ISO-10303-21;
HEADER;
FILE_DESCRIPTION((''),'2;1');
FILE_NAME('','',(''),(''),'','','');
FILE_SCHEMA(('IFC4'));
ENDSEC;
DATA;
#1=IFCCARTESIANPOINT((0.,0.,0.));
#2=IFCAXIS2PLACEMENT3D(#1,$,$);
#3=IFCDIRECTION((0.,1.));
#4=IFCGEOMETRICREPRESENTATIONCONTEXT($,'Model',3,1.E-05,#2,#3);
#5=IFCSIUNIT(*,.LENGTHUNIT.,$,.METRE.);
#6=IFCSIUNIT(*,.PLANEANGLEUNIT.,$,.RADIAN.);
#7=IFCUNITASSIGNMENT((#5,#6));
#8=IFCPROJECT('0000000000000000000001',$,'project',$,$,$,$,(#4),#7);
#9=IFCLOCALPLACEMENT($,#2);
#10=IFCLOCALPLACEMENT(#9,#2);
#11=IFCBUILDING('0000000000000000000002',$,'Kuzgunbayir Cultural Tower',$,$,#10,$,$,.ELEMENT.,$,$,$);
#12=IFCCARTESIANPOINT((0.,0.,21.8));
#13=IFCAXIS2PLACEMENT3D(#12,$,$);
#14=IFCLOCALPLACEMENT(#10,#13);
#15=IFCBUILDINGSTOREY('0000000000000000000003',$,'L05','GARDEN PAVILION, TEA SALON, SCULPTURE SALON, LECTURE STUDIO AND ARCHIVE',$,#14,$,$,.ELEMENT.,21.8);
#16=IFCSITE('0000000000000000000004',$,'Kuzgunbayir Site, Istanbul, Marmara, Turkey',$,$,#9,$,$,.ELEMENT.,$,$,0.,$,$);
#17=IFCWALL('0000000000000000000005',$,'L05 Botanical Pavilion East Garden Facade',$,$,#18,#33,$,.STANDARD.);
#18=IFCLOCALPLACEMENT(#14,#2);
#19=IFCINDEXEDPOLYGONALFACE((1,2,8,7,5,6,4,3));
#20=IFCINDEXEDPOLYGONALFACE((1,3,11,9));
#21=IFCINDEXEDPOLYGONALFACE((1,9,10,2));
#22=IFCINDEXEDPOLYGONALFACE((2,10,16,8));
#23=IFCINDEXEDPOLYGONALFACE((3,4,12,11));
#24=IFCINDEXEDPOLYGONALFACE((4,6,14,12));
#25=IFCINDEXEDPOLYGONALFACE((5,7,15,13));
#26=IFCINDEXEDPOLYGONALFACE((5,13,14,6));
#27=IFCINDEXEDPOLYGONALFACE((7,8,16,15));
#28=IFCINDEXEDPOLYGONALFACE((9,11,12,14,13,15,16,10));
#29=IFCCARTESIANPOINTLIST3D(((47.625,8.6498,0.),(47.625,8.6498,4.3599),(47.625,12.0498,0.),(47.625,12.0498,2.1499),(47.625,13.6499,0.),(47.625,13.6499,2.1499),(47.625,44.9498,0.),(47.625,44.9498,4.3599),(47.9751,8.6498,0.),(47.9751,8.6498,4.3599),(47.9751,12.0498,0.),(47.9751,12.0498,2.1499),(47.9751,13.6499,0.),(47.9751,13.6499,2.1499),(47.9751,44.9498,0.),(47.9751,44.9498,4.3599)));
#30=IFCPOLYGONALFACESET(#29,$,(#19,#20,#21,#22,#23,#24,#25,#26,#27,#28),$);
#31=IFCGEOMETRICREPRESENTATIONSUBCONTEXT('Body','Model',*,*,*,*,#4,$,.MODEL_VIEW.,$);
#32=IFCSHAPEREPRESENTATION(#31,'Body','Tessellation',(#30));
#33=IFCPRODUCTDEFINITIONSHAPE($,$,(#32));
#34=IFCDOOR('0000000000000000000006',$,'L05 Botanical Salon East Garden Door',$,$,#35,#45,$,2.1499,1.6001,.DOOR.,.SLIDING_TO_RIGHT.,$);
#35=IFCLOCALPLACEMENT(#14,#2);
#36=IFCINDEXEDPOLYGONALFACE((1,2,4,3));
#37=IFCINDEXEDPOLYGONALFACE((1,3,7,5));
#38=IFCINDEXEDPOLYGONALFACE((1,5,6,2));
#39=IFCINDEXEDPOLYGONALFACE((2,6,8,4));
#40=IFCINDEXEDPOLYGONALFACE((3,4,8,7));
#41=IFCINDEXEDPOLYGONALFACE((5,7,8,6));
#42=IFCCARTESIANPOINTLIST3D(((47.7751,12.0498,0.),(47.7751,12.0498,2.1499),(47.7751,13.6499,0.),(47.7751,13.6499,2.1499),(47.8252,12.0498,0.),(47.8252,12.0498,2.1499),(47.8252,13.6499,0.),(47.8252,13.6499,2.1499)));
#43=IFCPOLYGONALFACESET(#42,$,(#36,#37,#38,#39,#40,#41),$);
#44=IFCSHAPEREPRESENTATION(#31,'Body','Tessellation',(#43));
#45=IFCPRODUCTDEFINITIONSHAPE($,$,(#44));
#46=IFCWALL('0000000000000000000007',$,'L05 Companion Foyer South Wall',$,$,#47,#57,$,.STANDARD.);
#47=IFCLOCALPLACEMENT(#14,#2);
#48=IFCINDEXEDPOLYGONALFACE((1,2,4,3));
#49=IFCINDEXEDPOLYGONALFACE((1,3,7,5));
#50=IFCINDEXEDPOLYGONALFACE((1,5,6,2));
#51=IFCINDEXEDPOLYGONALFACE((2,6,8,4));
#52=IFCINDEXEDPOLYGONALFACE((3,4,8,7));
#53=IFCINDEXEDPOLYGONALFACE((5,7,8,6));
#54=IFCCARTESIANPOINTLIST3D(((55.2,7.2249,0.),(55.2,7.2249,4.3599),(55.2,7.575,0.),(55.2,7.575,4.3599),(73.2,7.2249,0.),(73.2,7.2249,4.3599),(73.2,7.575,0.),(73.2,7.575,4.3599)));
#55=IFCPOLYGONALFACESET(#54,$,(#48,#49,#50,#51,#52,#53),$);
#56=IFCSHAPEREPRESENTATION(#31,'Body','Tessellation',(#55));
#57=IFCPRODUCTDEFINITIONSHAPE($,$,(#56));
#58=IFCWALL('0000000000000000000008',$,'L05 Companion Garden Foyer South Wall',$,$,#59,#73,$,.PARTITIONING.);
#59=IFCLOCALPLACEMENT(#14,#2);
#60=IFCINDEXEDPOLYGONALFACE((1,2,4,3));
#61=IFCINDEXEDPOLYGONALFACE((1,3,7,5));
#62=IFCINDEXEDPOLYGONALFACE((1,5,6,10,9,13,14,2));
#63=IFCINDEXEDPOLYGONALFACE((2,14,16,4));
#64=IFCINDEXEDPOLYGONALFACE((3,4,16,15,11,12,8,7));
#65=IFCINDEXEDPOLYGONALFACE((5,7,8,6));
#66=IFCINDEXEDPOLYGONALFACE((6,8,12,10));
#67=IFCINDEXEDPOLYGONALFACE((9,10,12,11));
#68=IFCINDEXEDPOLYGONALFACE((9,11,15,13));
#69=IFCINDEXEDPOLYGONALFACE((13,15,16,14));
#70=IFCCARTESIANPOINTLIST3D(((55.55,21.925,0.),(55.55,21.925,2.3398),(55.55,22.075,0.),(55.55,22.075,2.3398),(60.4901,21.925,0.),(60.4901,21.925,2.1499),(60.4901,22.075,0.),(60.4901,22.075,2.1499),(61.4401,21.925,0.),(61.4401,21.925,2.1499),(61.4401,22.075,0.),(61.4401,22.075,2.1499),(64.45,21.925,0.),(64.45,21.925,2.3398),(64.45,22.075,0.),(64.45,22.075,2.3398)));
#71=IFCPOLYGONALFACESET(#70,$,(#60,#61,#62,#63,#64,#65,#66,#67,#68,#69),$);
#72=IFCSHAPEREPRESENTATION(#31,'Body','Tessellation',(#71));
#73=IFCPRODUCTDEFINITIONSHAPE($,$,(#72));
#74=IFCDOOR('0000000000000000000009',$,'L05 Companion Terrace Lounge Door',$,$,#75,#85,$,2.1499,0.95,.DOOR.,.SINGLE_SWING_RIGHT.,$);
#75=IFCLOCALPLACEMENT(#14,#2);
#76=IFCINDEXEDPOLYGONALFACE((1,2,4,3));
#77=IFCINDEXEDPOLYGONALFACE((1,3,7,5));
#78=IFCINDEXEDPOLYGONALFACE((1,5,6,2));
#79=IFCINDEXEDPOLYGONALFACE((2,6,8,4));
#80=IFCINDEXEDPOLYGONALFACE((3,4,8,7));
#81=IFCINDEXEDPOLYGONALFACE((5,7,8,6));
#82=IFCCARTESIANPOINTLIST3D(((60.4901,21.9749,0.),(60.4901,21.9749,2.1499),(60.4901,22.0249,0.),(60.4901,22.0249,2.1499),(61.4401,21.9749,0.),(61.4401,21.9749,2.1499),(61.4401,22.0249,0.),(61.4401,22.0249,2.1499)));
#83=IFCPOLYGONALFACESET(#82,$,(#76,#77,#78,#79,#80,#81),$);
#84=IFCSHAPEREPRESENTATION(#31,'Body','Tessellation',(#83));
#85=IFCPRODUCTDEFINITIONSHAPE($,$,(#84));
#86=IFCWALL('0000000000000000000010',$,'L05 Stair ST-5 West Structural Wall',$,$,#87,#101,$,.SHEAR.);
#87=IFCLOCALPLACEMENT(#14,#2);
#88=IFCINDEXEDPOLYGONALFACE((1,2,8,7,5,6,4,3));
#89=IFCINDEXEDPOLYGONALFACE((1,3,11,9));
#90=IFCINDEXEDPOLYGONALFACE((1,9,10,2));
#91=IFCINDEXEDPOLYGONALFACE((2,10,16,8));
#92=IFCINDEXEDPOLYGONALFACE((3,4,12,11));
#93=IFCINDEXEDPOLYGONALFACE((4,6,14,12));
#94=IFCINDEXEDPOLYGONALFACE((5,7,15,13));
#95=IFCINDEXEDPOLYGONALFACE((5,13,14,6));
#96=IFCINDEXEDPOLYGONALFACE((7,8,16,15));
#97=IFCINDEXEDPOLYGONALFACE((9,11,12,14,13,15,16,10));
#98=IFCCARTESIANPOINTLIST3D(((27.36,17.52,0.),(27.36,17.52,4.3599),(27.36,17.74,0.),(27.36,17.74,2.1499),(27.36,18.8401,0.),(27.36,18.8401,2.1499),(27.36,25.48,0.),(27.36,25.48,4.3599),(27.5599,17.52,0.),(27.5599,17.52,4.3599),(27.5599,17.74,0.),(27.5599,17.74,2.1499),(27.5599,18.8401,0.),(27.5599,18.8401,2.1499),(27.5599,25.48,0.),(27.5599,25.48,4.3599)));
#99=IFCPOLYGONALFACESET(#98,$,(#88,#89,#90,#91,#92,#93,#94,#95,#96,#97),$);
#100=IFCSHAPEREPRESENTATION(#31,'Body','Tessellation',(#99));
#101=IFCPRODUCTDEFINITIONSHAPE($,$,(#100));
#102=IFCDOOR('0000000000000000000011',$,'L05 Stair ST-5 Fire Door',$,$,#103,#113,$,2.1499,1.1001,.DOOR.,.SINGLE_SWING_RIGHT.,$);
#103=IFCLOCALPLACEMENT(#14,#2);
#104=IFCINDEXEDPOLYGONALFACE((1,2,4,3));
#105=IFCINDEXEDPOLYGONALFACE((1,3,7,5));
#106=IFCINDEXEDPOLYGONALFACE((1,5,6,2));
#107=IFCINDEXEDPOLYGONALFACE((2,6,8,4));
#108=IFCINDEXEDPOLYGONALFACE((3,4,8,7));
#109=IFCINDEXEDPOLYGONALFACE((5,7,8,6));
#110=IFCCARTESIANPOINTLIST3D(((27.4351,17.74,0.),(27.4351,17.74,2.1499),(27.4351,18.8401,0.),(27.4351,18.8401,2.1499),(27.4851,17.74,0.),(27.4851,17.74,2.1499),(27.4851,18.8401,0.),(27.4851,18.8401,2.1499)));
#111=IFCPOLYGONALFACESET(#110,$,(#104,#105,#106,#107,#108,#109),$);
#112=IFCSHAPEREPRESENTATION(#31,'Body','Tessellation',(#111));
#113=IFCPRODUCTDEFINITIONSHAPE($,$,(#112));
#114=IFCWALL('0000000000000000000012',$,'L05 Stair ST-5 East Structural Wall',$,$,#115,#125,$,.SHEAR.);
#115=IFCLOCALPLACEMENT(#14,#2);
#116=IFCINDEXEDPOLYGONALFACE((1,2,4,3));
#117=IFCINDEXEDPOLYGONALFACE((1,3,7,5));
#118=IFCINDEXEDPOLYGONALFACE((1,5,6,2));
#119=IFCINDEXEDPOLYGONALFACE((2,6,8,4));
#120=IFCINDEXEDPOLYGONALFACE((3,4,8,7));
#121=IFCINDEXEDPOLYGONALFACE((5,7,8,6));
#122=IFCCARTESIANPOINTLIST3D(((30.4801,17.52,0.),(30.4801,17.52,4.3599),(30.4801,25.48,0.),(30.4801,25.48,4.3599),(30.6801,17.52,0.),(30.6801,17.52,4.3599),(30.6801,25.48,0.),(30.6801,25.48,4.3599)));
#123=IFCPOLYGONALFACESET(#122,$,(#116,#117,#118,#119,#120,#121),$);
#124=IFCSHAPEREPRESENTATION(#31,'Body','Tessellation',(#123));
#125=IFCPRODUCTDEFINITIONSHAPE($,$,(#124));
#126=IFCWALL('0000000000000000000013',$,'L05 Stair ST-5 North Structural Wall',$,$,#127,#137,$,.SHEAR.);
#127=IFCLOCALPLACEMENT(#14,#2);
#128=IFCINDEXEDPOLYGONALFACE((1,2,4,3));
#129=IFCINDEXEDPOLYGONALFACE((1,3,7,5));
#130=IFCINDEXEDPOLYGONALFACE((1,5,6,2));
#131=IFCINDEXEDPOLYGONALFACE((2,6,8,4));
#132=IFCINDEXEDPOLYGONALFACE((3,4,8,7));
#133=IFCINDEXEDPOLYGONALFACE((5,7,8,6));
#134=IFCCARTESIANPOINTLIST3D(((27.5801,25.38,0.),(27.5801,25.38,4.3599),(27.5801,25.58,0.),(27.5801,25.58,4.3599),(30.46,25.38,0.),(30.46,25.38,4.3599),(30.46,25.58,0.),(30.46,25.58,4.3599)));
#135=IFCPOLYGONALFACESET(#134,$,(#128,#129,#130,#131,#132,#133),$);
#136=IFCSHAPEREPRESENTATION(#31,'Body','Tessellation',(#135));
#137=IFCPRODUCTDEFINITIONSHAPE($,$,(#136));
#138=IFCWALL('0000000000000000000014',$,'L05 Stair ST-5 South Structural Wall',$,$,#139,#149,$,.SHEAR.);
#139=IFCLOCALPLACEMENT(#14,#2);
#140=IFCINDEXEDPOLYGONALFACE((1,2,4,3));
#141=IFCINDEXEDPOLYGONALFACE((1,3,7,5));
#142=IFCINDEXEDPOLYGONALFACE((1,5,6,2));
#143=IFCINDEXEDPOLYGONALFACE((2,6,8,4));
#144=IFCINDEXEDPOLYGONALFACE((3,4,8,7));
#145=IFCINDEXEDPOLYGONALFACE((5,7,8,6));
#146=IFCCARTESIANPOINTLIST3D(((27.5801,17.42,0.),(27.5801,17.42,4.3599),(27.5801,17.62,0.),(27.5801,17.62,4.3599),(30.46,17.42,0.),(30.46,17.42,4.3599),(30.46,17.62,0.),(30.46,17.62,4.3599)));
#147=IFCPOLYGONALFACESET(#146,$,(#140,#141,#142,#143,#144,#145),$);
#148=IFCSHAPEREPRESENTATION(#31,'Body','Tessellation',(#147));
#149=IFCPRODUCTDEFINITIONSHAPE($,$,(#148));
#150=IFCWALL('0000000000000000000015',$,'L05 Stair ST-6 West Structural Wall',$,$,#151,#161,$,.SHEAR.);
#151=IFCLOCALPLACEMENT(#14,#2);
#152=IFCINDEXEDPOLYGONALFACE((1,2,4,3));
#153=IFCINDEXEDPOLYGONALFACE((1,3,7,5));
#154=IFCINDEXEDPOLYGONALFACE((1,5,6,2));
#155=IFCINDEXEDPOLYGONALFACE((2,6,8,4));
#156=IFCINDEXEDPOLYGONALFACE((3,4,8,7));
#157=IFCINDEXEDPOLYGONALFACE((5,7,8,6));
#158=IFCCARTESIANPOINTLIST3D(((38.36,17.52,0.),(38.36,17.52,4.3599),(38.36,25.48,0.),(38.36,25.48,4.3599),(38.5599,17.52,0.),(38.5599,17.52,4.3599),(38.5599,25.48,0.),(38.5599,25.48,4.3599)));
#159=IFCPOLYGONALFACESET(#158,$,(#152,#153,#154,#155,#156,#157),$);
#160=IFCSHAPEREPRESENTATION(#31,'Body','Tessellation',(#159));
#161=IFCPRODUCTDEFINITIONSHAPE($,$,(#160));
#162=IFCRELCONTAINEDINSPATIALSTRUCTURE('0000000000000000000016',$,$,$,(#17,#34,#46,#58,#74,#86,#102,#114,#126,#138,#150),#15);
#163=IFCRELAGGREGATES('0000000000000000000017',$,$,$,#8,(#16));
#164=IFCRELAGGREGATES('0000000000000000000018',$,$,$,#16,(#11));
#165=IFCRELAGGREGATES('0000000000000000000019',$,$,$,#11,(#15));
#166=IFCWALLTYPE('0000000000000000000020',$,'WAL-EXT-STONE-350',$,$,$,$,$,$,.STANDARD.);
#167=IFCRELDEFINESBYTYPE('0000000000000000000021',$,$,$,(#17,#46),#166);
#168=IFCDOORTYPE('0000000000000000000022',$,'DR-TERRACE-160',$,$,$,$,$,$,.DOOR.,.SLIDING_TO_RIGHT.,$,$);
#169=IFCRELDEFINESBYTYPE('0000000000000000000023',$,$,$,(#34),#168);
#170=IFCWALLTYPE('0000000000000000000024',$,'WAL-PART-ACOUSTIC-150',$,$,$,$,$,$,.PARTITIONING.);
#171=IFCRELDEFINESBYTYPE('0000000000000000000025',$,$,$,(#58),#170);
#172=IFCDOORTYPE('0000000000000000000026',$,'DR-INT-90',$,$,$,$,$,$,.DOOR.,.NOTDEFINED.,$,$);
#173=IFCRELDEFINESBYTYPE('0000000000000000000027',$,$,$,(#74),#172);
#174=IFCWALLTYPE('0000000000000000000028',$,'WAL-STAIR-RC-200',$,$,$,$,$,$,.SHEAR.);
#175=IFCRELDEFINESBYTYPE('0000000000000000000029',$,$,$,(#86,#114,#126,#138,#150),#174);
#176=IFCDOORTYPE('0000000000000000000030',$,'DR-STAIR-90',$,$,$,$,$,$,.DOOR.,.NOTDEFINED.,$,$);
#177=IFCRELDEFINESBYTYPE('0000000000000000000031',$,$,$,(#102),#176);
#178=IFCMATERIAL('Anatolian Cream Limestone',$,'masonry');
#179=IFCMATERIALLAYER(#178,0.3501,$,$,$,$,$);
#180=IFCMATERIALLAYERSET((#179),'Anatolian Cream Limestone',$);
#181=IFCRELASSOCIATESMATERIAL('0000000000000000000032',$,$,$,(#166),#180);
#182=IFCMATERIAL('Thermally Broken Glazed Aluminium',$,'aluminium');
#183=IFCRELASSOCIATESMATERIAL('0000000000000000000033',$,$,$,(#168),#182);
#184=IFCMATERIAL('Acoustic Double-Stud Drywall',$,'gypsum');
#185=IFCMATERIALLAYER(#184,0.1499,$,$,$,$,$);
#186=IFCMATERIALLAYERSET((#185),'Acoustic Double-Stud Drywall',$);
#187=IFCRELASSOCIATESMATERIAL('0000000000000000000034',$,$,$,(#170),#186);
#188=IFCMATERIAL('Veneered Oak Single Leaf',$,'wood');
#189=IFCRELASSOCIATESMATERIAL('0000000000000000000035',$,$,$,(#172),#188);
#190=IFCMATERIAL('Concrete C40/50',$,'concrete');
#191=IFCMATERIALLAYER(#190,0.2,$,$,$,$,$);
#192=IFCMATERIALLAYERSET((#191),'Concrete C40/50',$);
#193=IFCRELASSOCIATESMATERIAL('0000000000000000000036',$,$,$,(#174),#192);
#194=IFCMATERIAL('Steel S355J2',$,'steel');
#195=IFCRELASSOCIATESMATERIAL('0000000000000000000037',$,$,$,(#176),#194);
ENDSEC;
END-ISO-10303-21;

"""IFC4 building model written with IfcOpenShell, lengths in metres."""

from ifc_helpers import new_model, si_unit, direction, frame, frame_2d, origin, place, context, subcontext, project, spatial, rectangle, extrude, material, layer, layer_set, type_object, element, fill, save


model = new_model("IFC4")

# Units and contexts
model_context = context("Model", 3, precision=1e-05, world=origin(), true_north=direction((0.0, 1.0)))
body_context = subcontext(model_context, "Body", "Model", "MODEL_VIEW")
ifc_project = project(units=[si_unit("LENGTHUNIT", "METRE"), si_unit("PLANEANGLEUNIT", "RADIAN")], contexts=[model_context])

# Site, building, storey
site_placement = place(None, origin())
site = spatial("IfcSite", under=ifc_project, at=site_placement, Name="Kuzgunbayir Site, Istanbul, Marmara, Turkey", CompositionType="ELEMENT", RefElevation=0.0)
building_placement = place(site_placement, origin())
building = spatial("IfcBuilding", under=site, at=building_placement, Name="Kuzgunbayir Cultural Tower", CompositionType="ELEMENT")
storey_placement = place(building_placement, frame((0.0, 0.0, 21.8)))
storey = spatial("IfcBuildingStorey", under=building, at=storey_placement, Name="L05", Description="GARDEN PAVILION, TEA SALON, SCULPTURE SALON, LECTURE STUDIO AND ARCHIVE", CompositionType="ELEMENT", Elevation=21.8)

# Shared definitions
ifc_material_1 = material(Name="Steel S355J2", Category="steel")

# Wall, opening, door
ifc_material_2 = material(Name="Anatolian Cream Limestone", Category="masonry")
ifc_layer_1 = layer(ifc_material_2, 0.3501)
ifc_layer_set_1 = layer_set([ifc_layer_1], Name="Anatolian Cream Limestone")
wall_type_1 = type_object("IfcWallType", Name="WAL-EXT-STONE-350", PredefinedType="STANDARD", material=ifc_layer_set_1)
wall_1_placement = place(storey_placement, frame((47.8, 8.6499, 0.0), z_axis=(0.0, 0.0, 1.0), x_axis=(0.0, 1.0, 0.0)))
wall_1 = element("IfcWall", 1, at=wall_1_placement, inside=storey, type_object=wall_type_1, Name="L05 Botanical Pavilion East Garden Facade", PredefinedType="STANDARD", context=body_context, shape_type="SweptSolid", body=[
    extrude(rectangle(XDim=36.3, YDim=0.3501, at=frame_2d((18.1499, 0.0))), origin(), (0.0, 0.0, 1.0), 4.3599),
])
opening_1_placement = place(wall_1_placement, frame((3.3999, 0.0, 0.0)))
opening_1 = element("IfcOpeningElement", 2, at=opening_1_placement, cuts=wall_1, PredefinedType="OPENING", context=body_context, shape_type="SweptSolid", body=[
    extrude(rectangle(XDim=1.6001, YDim=2.1499, at=frame_2d((0.8, 1.075))), frame((0.0, 0.1851, 0.0), z_axis=(0.0, -1.0, 0.0), x_axis=(1.0, 0.0, 0.0)), (0.0, 0.0, 1.0), 0.3701),
])
ifc_material_3 = material(Name="Thermally Broken Glazed Aluminium", Category="aluminium")
door_type_1 = type_object("IfcDoorType", Name="DR-TERRACE-160", OperationType="SLIDING_TO_RIGHT", PredefinedType="DOOR", material=ifc_material_3)
door_1_placement = place(opening_1_placement, origin())
door_1 = element("IfcDoor", 3, at=door_1_placement, inside=storey, type_object=door_type_1, Name="L05 Botanical Salon East Garden Door", OperationType="SLIDING_TO_RIGHT", OverallHeight=2.1499, OverallWidth=1.6001, PredefinedType="DOOR", context=body_context, shape_type="SweptSolid", body=[
    extrude(rectangle(XDim=1.6001, YDim=2.1499, at=frame_2d((0.8, 1.075))), frame((0.0, 0.0249, 0.0), z_axis=(0.0, -1.0, 0.0), x_axis=(1.0, 0.0, 0.0)), (0.0, 0.0, 1.0), 0.05),
])
fill(opening_1, door_1)

# Wall
wall_2_placement = place(storey_placement, frame((55.2, 7.3999, 0.0), z_axis=(0.0, 0.0, 1.0), x_axis=(1.0, 0.0, 0.0)))
element("IfcWall", 4, at=wall_2_placement, inside=storey, type_object=wall_type_1, Name="L05 Companion Foyer South Wall", PredefinedType="STANDARD", context=body_context, shape_type="SweptSolid", body=[
    extrude(rectangle(XDim=18.0, YDim=0.3501, at=frame_2d((9.0, 0.0))), origin(), (0.0, 0.0, 1.0), 4.3599),
])

# Walls, openings, doors
ifc_material_4 = material(Name="Acoustic Double-Stud Drywall", Category="gypsum")
ifc_layer_2 = layer(ifc_material_4, 0.1499)
ifc_layer_set_2 = layer_set([ifc_layer_2], Name="Acoustic Double-Stud Drywall")
wall_type_2 = type_object("IfcWallType", Name="WAL-PART-ACOUSTIC-150", PredefinedType="PARTITIONING", material=ifc_layer_set_2)
wall_3_placement = place(storey_placement, frame((55.55, 22.0, 0.0), z_axis=(0.0, 0.0, 1.0), x_axis=(1.0, 0.0, 0.0)))
wall_3 = element("IfcWall", 5, at=wall_3_placement, inside=storey, type_object=wall_type_2, Name="L05 Companion Garden Foyer South Wall", PredefinedType="PARTITIONING", context=body_context, shape_type="SweptSolid", body=[
    extrude(rectangle(XDim=8.8999, YDim=0.1499, at=frame_2d((4.45, 0.0))), origin(), (0.0, 0.0, 1.0), 2.3398),
])
opening_2_placement = place(wall_3_placement, frame((4.9399, 0.0, 0.0)))
opening_2 = element("IfcOpeningElement", 6, at=opening_2_placement, cuts=wall_3, PredefinedType="OPENING", context=body_context, shape_type="SweptSolid", body=[
    extrude(rectangle(XDim=0.95, YDim=2.1499, at=frame_2d((0.4751, 1.075))), frame((0.0, 0.085, 0.0), z_axis=(0.0, -1.0, 0.0), x_axis=(1.0, 0.0, 0.0)), (0.0, 0.0, 1.0), 0.1699),
])
ifc_material_5 = material(Name="Veneered Oak Single Leaf", Category="wood")
door_type_2 = type_object("IfcDoorType", Name="DR-INT-90", OperationType="NOTDEFINED", PredefinedType="DOOR", material=ifc_material_5)
door_2_placement = place(opening_2_placement, origin())
door_2 = element("IfcDoor", 7, at=door_2_placement, inside=storey, type_object=door_type_2, Name="L05 Companion Terrace Lounge Door", OperationType="SINGLE_SWING_RIGHT", OverallHeight=2.1499, OverallWidth=0.95, PredefinedType="DOOR", context=body_context, shape_type="SweptSolid", body=[
    extrude(rectangle(XDim=0.95, YDim=2.1499, at=frame_2d((0.4751, 1.075))), frame((0.0, 0.0249, 0.0), z_axis=(0.0, -1.0, 0.0), x_axis=(1.0, 0.0, 0.0)), (0.0, 0.0, 1.0), 0.05),
])
fill(opening_2, door_2)
ifc_material_6 = material(Name="Concrete C40/50", Category="concrete")
ifc_layer_3 = layer(ifc_material_6, 0.2)
ifc_layer_set_3 = layer_set([ifc_layer_3], Name="Concrete C40/50")
wall_type_3 = type_object("IfcWallType", Name="WAL-STAIR-RC-200", PredefinedType="SHEAR", material=ifc_layer_set_3)
wall_4_placement = place(storey_placement, frame((27.46, 17.52, 0.0), z_axis=(0.0, 0.0, 1.0), x_axis=(0.0, 1.0, 0.0)))
wall_4 = element("IfcWall", 8, at=wall_4_placement, inside=storey, type_object=wall_type_3, Name="L05 Stair ST-5 West Structural Wall", PredefinedType="SHEAR", context=body_context, shape_type="SweptSolid", body=[
    extrude(rectangle(XDim=7.96, YDim=0.2, at=frame_2d((3.98, 0.0))), origin(), (0.0, 0.0, 1.0), 4.3599),
])
opening_3_placement = place(wall_4_placement, frame((0.22, 0.0, 0.0)))
opening_3 = element("IfcOpeningElement", 9, at=opening_3_placement, cuts=wall_4, PredefinedType="OPENING", context=body_context, shape_type="SweptSolid", body=[
    extrude(rectangle(XDim=1.1001, YDim=2.1499, at=frame_2d((0.55, 1.075))), frame((0.0, 0.1099, 0.0), z_axis=(0.0, -1.0, 0.0), x_axis=(1.0, 0.0, 0.0)), (0.0, 0.0, 1.0), 0.22),
])
door_type_3 = type_object("IfcDoorType", Name="DR-STAIR-90", OperationType="NOTDEFINED", PredefinedType="DOOR", material=ifc_material_1)
door_3_placement = place(opening_3_placement, origin())
door_3 = element("IfcDoor", 10, at=door_3_placement, inside=storey, type_object=door_type_3, Name="L05 Stair ST-5 Fire Door", OperationType="SINGLE_SWING_RIGHT", OverallHeight=2.1499, OverallWidth=1.1001, PredefinedType="DOOR", context=body_context, shape_type="SweptSolid", body=[
    extrude(rectangle(XDim=1.1001, YDim=2.1499, at=frame_2d((0.55, 1.075))), frame((0.0, 0.0249, 0.0), z_axis=(0.0, -1.0, 0.0), x_axis=(1.0, 0.0, 0.0)), (0.0, 0.0, 1.0), 0.05),
])
fill(opening_3, door_3)

# Walls
wall_5_placement = place(storey_placement, frame((30.5801, 17.52, 0.0), z_axis=(0.0, 0.0, 1.0), x_axis=(0.0, 1.0, 0.0)))
element("IfcWall", 11, at=wall_5_placement, inside=storey, type_object=wall_type_3, Name="L05 Stair ST-5 East Structural Wall", PredefinedType="SHEAR", context=body_context, shape_type="SweptSolid", body=[
    extrude(rectangle(XDim=7.96, YDim=0.2, at=frame_2d((3.98, 0.0))), origin(), (0.0, 0.0, 1.0), 4.3599),
])
for number, where, z_axis, x_axis, name in (
    (12, (27.5801, 25.48, 0.0), (0.0, 0.0, 1.0), (1.0, 0.0, 0.0), "L05 Stair ST-5 North Structural Wall"),
    (13, (27.5801, 17.52, 0.0), (0.0, 0.0, 1.0), (1.0, 0.0, 0.0), "L05 Stair ST-5 South Structural Wall"),
):
    element("IfcWall", number, at=place(storey_placement, frame(where, z_axis=z_axis, x_axis=x_axis)), inside=storey, type_object=wall_type_3, Name=name, PredefinedType="SHEAR", context=body_context, shape_type="SweptSolid", body=[
        extrude(rectangle(XDim=2.8799, YDim=0.2, at=frame_2d((1.4399, 0.0))), origin(), (0.0, 0.0, 1.0), 4.3599),
    ])
wall_6_placement = place(storey_placement, frame((38.46, 17.52, 0.0), z_axis=(0.0, 0.0, 1.0), x_axis=(0.0, 1.0, 0.0)))
element("IfcWall", 14, at=wall_6_placement, inside=storey, type_object=wall_type_3, Name="L05 Stair ST-6 West Structural Wall", PredefinedType="SHEAR", context=body_context, shape_type="SweptSolid", body=[
    extrude(rectangle(XDim=7.96, YDim=0.2, at=frame_2d((3.98, 0.0))), origin(), (0.0, 0.0, 1.0), 4.3599),
])

save(model, "model.ifc")
